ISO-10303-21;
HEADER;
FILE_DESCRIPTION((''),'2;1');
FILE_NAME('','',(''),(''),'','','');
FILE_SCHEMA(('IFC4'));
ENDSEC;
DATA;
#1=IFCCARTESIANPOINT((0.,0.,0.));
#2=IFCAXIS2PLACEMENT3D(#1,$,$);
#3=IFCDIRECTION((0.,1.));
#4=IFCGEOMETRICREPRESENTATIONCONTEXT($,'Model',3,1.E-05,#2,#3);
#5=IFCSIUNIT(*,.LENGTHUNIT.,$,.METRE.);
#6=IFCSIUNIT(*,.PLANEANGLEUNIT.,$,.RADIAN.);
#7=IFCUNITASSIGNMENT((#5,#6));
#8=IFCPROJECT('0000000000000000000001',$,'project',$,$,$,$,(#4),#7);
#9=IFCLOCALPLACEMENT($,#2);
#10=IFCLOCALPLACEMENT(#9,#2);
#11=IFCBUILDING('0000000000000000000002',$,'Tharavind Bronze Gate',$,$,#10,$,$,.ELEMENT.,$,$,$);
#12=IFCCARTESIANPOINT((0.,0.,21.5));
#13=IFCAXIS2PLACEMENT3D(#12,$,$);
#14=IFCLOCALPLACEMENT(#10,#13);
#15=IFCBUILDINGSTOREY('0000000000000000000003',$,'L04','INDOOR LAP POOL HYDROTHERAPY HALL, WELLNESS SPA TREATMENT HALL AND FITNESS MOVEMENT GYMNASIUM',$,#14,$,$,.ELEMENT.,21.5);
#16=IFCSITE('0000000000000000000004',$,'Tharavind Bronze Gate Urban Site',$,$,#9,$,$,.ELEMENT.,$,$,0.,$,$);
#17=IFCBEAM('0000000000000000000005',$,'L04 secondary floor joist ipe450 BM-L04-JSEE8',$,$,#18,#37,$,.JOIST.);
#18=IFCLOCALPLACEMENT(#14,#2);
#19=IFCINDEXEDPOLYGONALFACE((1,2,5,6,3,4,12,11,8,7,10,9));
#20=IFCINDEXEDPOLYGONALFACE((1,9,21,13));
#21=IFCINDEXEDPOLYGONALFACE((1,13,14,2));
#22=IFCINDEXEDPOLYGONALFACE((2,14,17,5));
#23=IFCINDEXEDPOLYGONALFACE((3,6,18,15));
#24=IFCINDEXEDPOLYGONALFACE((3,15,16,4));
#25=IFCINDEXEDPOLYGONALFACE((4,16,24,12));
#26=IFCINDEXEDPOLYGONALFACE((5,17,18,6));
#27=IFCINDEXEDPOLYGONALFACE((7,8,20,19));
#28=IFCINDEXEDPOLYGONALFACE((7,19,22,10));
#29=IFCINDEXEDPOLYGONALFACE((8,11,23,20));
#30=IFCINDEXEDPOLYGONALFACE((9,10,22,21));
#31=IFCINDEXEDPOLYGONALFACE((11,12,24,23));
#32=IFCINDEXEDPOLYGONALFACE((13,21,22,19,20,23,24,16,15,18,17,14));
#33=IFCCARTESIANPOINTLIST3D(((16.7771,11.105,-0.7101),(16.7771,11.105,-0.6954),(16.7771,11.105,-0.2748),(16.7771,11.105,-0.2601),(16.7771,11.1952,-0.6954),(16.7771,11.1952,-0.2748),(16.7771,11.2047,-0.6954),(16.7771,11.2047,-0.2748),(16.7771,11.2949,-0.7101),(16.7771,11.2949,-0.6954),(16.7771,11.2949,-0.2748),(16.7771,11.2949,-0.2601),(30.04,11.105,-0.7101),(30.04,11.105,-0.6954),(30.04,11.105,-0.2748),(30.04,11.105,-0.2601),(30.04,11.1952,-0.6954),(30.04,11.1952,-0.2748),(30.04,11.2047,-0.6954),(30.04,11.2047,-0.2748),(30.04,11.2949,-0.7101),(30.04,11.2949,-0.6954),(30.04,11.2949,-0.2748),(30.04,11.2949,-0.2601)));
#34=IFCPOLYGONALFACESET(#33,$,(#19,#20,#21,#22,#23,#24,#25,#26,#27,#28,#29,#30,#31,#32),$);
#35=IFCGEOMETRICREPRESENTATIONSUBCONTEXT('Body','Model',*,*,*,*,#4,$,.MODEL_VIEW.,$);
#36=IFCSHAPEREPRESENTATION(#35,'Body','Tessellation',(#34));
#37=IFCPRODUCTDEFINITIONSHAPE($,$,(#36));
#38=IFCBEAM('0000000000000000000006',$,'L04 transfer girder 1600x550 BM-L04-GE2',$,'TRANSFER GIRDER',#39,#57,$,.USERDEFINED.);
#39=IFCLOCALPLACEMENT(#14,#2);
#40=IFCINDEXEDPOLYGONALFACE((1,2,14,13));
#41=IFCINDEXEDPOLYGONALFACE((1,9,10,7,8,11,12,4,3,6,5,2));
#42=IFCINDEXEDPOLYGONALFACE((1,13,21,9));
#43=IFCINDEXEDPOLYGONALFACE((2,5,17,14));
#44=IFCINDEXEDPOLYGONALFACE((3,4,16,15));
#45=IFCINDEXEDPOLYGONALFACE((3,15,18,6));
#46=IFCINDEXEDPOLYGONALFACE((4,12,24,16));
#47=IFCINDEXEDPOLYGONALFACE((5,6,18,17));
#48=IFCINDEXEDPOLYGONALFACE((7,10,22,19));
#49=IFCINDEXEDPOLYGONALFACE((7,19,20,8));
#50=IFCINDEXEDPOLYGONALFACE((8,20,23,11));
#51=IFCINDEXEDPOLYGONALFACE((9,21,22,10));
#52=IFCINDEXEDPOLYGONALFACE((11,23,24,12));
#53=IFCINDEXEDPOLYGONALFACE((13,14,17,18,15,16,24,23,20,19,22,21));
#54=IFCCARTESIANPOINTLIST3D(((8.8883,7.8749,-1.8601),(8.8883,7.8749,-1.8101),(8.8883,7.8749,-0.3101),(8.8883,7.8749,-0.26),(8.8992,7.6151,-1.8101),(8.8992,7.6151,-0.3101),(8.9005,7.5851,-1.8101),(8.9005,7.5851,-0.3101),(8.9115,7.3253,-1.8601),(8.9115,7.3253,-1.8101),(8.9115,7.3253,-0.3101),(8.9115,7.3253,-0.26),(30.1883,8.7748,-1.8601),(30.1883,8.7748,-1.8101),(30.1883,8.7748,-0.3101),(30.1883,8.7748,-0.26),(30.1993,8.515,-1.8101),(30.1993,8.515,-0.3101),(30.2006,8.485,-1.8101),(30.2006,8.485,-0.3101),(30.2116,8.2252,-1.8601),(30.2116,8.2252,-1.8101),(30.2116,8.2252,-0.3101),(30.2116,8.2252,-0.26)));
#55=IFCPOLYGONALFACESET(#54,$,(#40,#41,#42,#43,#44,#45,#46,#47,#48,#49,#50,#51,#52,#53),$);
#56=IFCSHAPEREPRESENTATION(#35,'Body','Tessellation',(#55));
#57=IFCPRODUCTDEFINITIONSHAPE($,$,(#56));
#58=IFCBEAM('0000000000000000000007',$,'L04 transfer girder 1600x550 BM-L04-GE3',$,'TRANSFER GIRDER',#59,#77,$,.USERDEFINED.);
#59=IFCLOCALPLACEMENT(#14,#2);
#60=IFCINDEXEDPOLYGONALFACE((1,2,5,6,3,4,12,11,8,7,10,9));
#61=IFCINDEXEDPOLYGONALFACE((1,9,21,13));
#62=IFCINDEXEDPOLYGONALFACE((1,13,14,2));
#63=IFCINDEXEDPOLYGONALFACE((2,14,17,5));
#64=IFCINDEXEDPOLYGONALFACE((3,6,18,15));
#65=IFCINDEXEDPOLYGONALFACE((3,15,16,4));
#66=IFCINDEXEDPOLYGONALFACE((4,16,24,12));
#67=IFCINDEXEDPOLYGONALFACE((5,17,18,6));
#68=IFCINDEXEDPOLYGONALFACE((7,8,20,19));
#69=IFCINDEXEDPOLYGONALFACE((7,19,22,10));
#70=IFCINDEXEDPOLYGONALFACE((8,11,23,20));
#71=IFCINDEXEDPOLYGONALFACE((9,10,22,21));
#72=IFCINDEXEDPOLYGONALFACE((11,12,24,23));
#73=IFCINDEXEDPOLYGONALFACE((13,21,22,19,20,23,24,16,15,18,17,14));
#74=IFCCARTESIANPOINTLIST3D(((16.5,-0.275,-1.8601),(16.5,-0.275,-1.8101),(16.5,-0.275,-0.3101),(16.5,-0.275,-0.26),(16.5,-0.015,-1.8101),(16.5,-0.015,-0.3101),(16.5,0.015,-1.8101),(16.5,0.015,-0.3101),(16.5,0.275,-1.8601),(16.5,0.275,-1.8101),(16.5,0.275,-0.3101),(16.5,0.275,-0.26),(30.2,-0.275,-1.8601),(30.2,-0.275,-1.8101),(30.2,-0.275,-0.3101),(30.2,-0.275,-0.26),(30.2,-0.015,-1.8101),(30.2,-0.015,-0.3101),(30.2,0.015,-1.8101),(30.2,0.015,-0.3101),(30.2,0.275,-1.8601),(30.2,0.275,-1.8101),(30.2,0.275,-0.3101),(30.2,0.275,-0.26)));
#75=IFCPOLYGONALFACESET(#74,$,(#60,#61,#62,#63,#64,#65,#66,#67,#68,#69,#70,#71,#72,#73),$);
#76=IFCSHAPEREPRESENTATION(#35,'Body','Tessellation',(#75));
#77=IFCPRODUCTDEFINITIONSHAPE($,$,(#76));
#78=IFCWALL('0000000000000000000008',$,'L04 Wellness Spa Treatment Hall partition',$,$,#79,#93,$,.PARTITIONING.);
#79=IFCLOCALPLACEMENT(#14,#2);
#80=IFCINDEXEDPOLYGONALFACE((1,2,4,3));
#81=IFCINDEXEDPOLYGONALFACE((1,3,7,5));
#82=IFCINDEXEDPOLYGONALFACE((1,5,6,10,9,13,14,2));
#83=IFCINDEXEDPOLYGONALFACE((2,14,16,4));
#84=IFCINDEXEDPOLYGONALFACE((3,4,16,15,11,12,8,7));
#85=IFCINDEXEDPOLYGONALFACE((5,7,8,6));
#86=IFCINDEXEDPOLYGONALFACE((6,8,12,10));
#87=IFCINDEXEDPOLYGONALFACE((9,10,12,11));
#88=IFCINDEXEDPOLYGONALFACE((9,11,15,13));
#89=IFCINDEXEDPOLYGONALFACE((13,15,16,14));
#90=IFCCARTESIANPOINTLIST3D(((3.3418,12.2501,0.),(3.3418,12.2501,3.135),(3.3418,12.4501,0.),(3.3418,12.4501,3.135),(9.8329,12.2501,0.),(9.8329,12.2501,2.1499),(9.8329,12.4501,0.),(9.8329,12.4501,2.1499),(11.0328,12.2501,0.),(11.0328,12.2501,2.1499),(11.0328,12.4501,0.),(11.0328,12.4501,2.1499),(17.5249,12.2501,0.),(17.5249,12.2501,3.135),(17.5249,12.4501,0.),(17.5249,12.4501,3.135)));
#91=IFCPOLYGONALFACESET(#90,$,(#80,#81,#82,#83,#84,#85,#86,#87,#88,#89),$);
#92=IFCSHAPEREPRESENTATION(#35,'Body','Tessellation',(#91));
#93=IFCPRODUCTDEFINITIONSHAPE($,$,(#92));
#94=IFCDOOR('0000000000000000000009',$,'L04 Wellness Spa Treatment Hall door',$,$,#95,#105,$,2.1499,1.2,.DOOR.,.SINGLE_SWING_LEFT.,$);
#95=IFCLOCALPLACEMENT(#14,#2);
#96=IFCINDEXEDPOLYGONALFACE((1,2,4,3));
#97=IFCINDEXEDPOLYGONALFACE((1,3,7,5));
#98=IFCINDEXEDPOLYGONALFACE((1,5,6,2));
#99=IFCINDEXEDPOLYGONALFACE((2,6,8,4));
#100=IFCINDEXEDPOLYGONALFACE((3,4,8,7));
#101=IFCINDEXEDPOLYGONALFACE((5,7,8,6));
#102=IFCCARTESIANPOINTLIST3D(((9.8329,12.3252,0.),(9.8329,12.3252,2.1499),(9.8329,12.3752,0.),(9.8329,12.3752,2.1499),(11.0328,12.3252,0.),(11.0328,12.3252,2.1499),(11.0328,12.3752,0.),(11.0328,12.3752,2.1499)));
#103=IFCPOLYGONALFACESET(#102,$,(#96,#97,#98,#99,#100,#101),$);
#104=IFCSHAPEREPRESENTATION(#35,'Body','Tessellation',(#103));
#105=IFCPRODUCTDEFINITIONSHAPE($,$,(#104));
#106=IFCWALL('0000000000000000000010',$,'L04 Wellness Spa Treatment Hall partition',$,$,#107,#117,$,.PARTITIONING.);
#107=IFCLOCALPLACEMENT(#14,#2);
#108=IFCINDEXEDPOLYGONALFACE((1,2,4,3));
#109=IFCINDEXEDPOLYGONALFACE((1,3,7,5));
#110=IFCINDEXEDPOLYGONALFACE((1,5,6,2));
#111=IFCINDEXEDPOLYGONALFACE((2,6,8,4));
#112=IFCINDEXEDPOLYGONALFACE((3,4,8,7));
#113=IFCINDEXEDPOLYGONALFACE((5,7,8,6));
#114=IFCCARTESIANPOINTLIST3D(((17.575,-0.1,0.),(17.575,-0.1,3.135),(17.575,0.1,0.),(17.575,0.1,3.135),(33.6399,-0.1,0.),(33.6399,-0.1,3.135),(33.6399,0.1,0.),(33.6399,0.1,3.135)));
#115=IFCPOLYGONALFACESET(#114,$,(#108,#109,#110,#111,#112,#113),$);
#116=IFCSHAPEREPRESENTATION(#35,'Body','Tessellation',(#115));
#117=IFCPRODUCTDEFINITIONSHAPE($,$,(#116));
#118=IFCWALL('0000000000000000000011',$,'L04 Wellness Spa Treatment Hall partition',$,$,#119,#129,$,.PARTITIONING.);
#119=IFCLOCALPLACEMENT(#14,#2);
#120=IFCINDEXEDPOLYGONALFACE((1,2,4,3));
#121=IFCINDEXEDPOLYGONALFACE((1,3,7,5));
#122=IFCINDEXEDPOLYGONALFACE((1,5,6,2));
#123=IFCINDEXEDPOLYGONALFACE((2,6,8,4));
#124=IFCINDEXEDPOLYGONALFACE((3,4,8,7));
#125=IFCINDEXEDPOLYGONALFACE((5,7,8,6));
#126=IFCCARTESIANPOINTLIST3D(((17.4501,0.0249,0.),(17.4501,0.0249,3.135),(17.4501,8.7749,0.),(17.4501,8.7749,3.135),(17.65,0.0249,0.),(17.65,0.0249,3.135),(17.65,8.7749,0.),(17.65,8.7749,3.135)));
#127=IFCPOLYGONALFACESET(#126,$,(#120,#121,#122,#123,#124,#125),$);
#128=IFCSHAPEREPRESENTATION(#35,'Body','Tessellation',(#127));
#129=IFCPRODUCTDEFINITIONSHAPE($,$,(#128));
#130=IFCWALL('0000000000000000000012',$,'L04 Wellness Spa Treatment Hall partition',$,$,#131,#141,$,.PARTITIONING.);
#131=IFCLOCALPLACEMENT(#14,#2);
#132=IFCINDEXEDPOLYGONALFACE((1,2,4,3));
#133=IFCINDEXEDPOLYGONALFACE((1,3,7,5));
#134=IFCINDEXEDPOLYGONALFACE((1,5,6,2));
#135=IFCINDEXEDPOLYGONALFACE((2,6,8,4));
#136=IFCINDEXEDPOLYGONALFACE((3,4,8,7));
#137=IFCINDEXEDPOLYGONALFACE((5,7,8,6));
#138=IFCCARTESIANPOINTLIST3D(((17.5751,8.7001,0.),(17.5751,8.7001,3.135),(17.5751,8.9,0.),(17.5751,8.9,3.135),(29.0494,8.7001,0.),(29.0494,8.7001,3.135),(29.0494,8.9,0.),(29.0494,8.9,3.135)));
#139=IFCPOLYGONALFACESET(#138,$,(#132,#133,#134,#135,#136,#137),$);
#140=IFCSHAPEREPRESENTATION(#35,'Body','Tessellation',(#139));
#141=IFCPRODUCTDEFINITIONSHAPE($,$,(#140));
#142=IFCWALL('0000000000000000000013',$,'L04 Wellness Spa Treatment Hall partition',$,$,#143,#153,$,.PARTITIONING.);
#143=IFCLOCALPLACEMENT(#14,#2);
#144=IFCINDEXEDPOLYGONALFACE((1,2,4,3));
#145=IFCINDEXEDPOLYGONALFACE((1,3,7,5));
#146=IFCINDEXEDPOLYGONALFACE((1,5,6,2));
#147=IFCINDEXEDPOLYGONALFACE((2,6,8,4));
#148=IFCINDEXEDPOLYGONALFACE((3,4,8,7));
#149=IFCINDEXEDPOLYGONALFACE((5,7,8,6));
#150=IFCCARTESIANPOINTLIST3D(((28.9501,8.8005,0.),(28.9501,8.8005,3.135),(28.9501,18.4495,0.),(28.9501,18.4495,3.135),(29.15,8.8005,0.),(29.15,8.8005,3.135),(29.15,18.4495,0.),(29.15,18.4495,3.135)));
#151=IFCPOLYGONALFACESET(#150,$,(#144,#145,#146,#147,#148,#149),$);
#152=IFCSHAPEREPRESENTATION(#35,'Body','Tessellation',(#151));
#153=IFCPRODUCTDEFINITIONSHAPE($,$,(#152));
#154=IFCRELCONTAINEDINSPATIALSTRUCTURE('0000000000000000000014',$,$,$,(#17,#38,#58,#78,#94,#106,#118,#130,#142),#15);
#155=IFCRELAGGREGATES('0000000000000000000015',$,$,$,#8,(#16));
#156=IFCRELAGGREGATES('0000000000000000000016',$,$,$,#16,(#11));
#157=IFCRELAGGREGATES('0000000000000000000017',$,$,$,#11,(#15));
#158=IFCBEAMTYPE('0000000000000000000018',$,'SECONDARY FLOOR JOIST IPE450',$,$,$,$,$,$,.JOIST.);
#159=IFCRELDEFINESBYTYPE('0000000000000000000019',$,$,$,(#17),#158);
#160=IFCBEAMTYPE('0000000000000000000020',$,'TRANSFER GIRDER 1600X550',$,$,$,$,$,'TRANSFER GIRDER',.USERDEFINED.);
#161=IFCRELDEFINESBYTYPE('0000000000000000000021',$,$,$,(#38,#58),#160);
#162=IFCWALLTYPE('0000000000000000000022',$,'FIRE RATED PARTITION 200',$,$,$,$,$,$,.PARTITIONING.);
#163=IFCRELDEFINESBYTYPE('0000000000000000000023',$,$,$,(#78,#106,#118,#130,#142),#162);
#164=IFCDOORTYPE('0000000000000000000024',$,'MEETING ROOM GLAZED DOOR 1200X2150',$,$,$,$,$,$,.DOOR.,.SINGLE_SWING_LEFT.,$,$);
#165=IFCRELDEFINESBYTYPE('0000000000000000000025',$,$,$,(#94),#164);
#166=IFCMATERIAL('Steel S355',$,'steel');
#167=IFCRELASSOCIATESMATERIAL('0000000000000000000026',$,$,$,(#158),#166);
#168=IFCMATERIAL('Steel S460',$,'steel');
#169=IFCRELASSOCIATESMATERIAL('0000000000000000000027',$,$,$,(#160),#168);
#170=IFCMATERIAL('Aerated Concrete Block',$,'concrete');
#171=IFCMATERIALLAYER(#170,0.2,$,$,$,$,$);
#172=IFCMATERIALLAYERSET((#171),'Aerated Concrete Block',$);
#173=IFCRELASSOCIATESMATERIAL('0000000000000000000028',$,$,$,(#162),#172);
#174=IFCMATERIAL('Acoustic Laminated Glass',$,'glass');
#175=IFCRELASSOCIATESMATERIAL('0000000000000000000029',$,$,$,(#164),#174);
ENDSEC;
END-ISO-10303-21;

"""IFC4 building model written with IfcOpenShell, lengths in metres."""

from ifc_helpers import new_model, si_unit, direction, frame, frame_2d, origin, origin_2d, place, context, subcontext, project, spatial, rectangle, i_section, extrude, material, layer, layer_set, material_profile, profile_set, type_object, element, fill, save


model = new_model("IFC4")

# Units and contexts
model_context = context("Model", 3, precision=1e-05, world=origin(), true_north=direction((0.0, 1.0)))
body_context = subcontext(model_context, "Body", "Model", "MODEL_VIEW")
ifc_project = project(units=[si_unit("LENGTHUNIT", "METRE"), si_unit("PLANEANGLEUNIT", "RADIAN")], contexts=[model_context])

# Site, building, storey
site_placement = place(None, origin())
site = spatial("IfcSite", under=ifc_project, at=site_placement, Name="Tharavind Bronze Gate Urban Site", CompositionType="ELEMENT", RefElevation=0.0)
building_placement = place(site_placement, origin())
building = spatial("IfcBuilding", under=site, at=building_placement, Name="Tharavind Bronze Gate", CompositionType="ELEMENT")
storey_placement = place(building_placement, frame((0.0, 0.0, 21.5)))
storey = spatial("IfcBuildingStorey", under=building, at=storey_placement, Name="L04", Description="INDOOR LAP POOL HYDROTHERAPY HALL, WELLNESS SPA TREATMENT HALL AND FITNESS MOVEMENT GYMNASIUM", CompositionType="ELEMENT", Elevation=21.5)

# Shared definitions
ifc_material_1 = material(Name="Steel S460", Category="steel")

# Beams
ifc_material_2 = material(Name="Steel S355", Category="steel")
ifc_material_profile_1 = material_profile(ifc_material_2, i_section(OverallWidth=0.1899, OverallDepth=0.45, WebThickness=0.0095, FlangeThickness=0.0146, at=origin_2d()), Name="IPE450")
ifc_profile_set_1 = profile_set([ifc_material_profile_1], Name="Steel S355")
beam_type_1 = type_object("IfcBeamType", Name="SECONDARY FLOOR JOIST IPE450", PredefinedType="JOIST", material=ifc_profile_set_1)
for number, where, z_axis, x_axis, name in (
    (1, (16.7771, 11.2, -0.4851), (1.0, 0.0, 0.0), (0.0, 1.0, 0.0), "L04 secondary floor joist ipe450 BM-L04-JSEE8"),
):
    element("IfcBeam", number, at=place(storey_placement, frame(where, z_axis=z_axis, x_axis=x_axis)), inside=storey, type_object=beam_type_1, Name=name, PredefinedType="JOIST", context=body_context, shape_type="SweptSolid", body=[
        extrude(i_section(OverallWidth=0.1899, OverallDepth=0.45, WebThickness=0.0095, FlangeThickness=0.0146, at=origin_2d()), origin(), (0.0, 0.0, 1.0), 13.2629),
    ])
ifc_material_profile_2 = material_profile(ifc_material_1, i_section(OverallWidth=0.55, OverallDepth=1.6001, WebThickness=0.03, FlangeThickness=0.05, at=origin_2d()), Name="PG1600X550")
ifc_profile_set_2 = profile_set([ifc_material_profile_2], Name="Steel S460")
beam_type_2 = type_object("IfcBeamType", Name="TRANSFER GIRDER 1600X550", ElementType="TRANSFER GIRDER", PredefinedType="USERDEFINED", material=ifc_profile_set_2)
beam_1_placement = place(storey_placement, frame((30.2, 8.5, -1.0601), z_axis=(-0.999109, -0.042211, 0.0), x_axis=(0.042211, -0.999109, 0.0)))
element("IfcBeam", 2, at=beam_1_placement, inside=storey, type_object=beam_type_2, Name="L04 transfer girder 1600x550 BM-L04-GE2", ObjectType="TRANSFER GIRDER", PredefinedType="USERDEFINED", context=body_context, shape_type="SweptSolid", body=[
    extrude(i_section(OverallWidth=0.55, OverallDepth=1.6001, WebThickness=0.03, FlangeThickness=0.05, at=origin_2d()), origin(), (0.0, 0.0, 1.0), 21.3191),
])
beam_2_placement = place(storey_placement, frame((30.2, 0.0, -1.0601), z_axis=(-1.0, 0.0, 0.0), x_axis=(0.0, -1.0, 0.0)))
element("IfcBeam", 3, at=beam_2_placement, inside=storey, type_object=beam_type_2, Name="L04 transfer girder 1600x550 BM-L04-GE3", ObjectType="TRANSFER GIRDER", PredefinedType="USERDEFINED", context=body_context, shape_type="SweptSolid", body=[
    extrude(i_section(OverallWidth=0.55, OverallDepth=1.6001, WebThickness=0.03, FlangeThickness=0.05, at=origin_2d()), origin(), (0.0, 0.0, 1.0), 13.7),
])

# Wall, opening, door
ifc_material_3 = material(Name="Aerated Concrete Block", Category="concrete")
ifc_layer_1 = layer(ifc_material_3, 0.2)
ifc_layer_set_1 = layer_set([ifc_layer_1], Name="Aerated Concrete Block")
wall_type_1 = type_object("IfcWallType", Name="FIRE RATED PARTITION 200", PredefinedType="PARTITIONING", material=ifc_layer_set_1)
wall_1_placement = place(storey_placement, frame((17.5249, 12.3501, 0.0), z_axis=(0.0, 0.0, 1.0), x_axis=(-1.0, 0.0, 0.0)))
wall_1 = element("IfcWall", 4, at=wall_1_placement, inside=storey, type_object=wall_type_1, Name="L04 Wellness Spa Treatment Hall partition", PredefinedType="PARTITIONING", context=body_context, shape_type="SweptSolid", body=[
    extrude(rectangle(XDim=14.1831, YDim=0.2, at=frame_2d((7.0916, 0.0))), origin(), (0.0, 0.0, 1.0), 3.135),
])
opening_1_placement = place(wall_1_placement, frame((6.4919, 0.0, 0.0)))
opening_1 = element("IfcOpeningElement", 5, at=opening_1_placement, cuts=wall_1, PredefinedType="OPENING", context=body_context, shape_type="SweptSolid", body=[
    extrude(rectangle(XDim=1.2, YDim=2.1499, at=frame_2d((0.6001, 1.075))), frame((0.0, 0.1101, 0.0), z_axis=(0.0, -1.0, 0.0), x_axis=(1.0, 0.0, 0.0)), (0.0, 0.0, 1.0), 0.22),
])
ifc_material_4 = material(Name="Acoustic Laminated Glass", Category="glass")
door_type_1 = type_object("IfcDoorType", Name="MEETING ROOM GLAZED DOOR 1200X2150", OperationType="SINGLE_SWING_LEFT", PredefinedType="DOOR", material=ifc_material_4)
door_1_placement = place(opening_1_placement, origin())
door_1 = element("IfcDoor", 6, at=door_1_placement, inside=storey, type_object=door_type_1, Name="L04 Wellness Spa Treatment Hall door", OperationType="SINGLE_SWING_LEFT", OverallHeight=2.1499, OverallWidth=1.2, PredefinedType="DOOR", context=body_context, shape_type="SweptSolid", body=[
    extrude(rectangle(XDim=1.2, YDim=2.1499, at=frame_2d((0.6001, 1.075))), frame((0.0, 0.0249, 0.0), z_axis=(0.0, -1.0, 0.0), x_axis=(1.0, 0.0, 0.0)), (0.0, 0.0, 1.0), 0.05),
])
fill(opening_1, door_1)

# Walls
wall_2_placement = place(storey_placement, frame((33.6399, 0.0, 0.0), z_axis=(0.0, 0.0, 1.0), x_axis=(-1.0, 0.0, 0.0)))
element("IfcWall", 7, at=wall_2_placement, inside=storey, type_object=wall_type_1, Name="L04 Wellness Spa Treatment Hall partition", PredefinedType="PARTITIONING", context=body_context, shape_type="SweptSolid", body=[
    extrude(rectangle(XDim=16.0649, YDim=0.2, at=frame_2d((8.0325, 0.0))), origin(), (0.0, 0.0, 1.0), 3.135),
])
wall_3_placement = place(storey_placement, frame((17.55, 0.0249, 0.0), z_axis=(0.0, 0.0, 1.0), x_axis=(0.0, 1.0, 0.0)))
element("IfcWall", 8, at=wall_3_placement, inside=storey, type_object=wall_type_1, Name="L04 Wellness Spa Treatment Hall partition", PredefinedType="PARTITIONING", context=body_context, shape_type="SweptSolid", body=[
    extrude(rectangle(XDim=8.75, YDim=0.2, at=frame_2d((4.375, 0.0))), origin(), (0.0, 0.0, 1.0), 3.135),
])
wall_4_placement = place(storey_placement, frame((17.575, 8.8, 0.0), z_axis=(0.0, 0.0, 1.0), x_axis=(1.0, 0.0, 0.0)))
element("IfcWall", 9, at=wall_4_placement, inside=storey, type_object=wall_type_1, Name="L04 Wellness Spa Treatment Hall partition", PredefinedType="PARTITIONING", context=body_context, shape_type="SweptSolid", body=[
    extrude(rectangle(XDim=11.4744, YDim=0.2, at=frame_2d((5.7373, 0.0))), origin(), (0.0, 0.0, 1.0), 3.135),
])
wall_5_placement = place(storey_placement, frame((29.05, 8.8005, 0.0), z_axis=(0.0, 0.0, 1.0), x_axis=(0.0, 1.0, 0.0)))
element("IfcWall", 10, at=wall_5_placement, inside=storey, type_object=wall_type_1, Name="L04 Wellness Spa Treatment Hall partition", PredefinedType="PARTITIONING", context=body_context, shape_type="SweptSolid", body=[
    extrude(rectangle(XDim=9.6489, YDim=0.2, at=frame_2d((4.8245, 0.0))), origin(), (0.0, 0.0, 1.0), 3.135),
])

save(model, "model.ifc")
